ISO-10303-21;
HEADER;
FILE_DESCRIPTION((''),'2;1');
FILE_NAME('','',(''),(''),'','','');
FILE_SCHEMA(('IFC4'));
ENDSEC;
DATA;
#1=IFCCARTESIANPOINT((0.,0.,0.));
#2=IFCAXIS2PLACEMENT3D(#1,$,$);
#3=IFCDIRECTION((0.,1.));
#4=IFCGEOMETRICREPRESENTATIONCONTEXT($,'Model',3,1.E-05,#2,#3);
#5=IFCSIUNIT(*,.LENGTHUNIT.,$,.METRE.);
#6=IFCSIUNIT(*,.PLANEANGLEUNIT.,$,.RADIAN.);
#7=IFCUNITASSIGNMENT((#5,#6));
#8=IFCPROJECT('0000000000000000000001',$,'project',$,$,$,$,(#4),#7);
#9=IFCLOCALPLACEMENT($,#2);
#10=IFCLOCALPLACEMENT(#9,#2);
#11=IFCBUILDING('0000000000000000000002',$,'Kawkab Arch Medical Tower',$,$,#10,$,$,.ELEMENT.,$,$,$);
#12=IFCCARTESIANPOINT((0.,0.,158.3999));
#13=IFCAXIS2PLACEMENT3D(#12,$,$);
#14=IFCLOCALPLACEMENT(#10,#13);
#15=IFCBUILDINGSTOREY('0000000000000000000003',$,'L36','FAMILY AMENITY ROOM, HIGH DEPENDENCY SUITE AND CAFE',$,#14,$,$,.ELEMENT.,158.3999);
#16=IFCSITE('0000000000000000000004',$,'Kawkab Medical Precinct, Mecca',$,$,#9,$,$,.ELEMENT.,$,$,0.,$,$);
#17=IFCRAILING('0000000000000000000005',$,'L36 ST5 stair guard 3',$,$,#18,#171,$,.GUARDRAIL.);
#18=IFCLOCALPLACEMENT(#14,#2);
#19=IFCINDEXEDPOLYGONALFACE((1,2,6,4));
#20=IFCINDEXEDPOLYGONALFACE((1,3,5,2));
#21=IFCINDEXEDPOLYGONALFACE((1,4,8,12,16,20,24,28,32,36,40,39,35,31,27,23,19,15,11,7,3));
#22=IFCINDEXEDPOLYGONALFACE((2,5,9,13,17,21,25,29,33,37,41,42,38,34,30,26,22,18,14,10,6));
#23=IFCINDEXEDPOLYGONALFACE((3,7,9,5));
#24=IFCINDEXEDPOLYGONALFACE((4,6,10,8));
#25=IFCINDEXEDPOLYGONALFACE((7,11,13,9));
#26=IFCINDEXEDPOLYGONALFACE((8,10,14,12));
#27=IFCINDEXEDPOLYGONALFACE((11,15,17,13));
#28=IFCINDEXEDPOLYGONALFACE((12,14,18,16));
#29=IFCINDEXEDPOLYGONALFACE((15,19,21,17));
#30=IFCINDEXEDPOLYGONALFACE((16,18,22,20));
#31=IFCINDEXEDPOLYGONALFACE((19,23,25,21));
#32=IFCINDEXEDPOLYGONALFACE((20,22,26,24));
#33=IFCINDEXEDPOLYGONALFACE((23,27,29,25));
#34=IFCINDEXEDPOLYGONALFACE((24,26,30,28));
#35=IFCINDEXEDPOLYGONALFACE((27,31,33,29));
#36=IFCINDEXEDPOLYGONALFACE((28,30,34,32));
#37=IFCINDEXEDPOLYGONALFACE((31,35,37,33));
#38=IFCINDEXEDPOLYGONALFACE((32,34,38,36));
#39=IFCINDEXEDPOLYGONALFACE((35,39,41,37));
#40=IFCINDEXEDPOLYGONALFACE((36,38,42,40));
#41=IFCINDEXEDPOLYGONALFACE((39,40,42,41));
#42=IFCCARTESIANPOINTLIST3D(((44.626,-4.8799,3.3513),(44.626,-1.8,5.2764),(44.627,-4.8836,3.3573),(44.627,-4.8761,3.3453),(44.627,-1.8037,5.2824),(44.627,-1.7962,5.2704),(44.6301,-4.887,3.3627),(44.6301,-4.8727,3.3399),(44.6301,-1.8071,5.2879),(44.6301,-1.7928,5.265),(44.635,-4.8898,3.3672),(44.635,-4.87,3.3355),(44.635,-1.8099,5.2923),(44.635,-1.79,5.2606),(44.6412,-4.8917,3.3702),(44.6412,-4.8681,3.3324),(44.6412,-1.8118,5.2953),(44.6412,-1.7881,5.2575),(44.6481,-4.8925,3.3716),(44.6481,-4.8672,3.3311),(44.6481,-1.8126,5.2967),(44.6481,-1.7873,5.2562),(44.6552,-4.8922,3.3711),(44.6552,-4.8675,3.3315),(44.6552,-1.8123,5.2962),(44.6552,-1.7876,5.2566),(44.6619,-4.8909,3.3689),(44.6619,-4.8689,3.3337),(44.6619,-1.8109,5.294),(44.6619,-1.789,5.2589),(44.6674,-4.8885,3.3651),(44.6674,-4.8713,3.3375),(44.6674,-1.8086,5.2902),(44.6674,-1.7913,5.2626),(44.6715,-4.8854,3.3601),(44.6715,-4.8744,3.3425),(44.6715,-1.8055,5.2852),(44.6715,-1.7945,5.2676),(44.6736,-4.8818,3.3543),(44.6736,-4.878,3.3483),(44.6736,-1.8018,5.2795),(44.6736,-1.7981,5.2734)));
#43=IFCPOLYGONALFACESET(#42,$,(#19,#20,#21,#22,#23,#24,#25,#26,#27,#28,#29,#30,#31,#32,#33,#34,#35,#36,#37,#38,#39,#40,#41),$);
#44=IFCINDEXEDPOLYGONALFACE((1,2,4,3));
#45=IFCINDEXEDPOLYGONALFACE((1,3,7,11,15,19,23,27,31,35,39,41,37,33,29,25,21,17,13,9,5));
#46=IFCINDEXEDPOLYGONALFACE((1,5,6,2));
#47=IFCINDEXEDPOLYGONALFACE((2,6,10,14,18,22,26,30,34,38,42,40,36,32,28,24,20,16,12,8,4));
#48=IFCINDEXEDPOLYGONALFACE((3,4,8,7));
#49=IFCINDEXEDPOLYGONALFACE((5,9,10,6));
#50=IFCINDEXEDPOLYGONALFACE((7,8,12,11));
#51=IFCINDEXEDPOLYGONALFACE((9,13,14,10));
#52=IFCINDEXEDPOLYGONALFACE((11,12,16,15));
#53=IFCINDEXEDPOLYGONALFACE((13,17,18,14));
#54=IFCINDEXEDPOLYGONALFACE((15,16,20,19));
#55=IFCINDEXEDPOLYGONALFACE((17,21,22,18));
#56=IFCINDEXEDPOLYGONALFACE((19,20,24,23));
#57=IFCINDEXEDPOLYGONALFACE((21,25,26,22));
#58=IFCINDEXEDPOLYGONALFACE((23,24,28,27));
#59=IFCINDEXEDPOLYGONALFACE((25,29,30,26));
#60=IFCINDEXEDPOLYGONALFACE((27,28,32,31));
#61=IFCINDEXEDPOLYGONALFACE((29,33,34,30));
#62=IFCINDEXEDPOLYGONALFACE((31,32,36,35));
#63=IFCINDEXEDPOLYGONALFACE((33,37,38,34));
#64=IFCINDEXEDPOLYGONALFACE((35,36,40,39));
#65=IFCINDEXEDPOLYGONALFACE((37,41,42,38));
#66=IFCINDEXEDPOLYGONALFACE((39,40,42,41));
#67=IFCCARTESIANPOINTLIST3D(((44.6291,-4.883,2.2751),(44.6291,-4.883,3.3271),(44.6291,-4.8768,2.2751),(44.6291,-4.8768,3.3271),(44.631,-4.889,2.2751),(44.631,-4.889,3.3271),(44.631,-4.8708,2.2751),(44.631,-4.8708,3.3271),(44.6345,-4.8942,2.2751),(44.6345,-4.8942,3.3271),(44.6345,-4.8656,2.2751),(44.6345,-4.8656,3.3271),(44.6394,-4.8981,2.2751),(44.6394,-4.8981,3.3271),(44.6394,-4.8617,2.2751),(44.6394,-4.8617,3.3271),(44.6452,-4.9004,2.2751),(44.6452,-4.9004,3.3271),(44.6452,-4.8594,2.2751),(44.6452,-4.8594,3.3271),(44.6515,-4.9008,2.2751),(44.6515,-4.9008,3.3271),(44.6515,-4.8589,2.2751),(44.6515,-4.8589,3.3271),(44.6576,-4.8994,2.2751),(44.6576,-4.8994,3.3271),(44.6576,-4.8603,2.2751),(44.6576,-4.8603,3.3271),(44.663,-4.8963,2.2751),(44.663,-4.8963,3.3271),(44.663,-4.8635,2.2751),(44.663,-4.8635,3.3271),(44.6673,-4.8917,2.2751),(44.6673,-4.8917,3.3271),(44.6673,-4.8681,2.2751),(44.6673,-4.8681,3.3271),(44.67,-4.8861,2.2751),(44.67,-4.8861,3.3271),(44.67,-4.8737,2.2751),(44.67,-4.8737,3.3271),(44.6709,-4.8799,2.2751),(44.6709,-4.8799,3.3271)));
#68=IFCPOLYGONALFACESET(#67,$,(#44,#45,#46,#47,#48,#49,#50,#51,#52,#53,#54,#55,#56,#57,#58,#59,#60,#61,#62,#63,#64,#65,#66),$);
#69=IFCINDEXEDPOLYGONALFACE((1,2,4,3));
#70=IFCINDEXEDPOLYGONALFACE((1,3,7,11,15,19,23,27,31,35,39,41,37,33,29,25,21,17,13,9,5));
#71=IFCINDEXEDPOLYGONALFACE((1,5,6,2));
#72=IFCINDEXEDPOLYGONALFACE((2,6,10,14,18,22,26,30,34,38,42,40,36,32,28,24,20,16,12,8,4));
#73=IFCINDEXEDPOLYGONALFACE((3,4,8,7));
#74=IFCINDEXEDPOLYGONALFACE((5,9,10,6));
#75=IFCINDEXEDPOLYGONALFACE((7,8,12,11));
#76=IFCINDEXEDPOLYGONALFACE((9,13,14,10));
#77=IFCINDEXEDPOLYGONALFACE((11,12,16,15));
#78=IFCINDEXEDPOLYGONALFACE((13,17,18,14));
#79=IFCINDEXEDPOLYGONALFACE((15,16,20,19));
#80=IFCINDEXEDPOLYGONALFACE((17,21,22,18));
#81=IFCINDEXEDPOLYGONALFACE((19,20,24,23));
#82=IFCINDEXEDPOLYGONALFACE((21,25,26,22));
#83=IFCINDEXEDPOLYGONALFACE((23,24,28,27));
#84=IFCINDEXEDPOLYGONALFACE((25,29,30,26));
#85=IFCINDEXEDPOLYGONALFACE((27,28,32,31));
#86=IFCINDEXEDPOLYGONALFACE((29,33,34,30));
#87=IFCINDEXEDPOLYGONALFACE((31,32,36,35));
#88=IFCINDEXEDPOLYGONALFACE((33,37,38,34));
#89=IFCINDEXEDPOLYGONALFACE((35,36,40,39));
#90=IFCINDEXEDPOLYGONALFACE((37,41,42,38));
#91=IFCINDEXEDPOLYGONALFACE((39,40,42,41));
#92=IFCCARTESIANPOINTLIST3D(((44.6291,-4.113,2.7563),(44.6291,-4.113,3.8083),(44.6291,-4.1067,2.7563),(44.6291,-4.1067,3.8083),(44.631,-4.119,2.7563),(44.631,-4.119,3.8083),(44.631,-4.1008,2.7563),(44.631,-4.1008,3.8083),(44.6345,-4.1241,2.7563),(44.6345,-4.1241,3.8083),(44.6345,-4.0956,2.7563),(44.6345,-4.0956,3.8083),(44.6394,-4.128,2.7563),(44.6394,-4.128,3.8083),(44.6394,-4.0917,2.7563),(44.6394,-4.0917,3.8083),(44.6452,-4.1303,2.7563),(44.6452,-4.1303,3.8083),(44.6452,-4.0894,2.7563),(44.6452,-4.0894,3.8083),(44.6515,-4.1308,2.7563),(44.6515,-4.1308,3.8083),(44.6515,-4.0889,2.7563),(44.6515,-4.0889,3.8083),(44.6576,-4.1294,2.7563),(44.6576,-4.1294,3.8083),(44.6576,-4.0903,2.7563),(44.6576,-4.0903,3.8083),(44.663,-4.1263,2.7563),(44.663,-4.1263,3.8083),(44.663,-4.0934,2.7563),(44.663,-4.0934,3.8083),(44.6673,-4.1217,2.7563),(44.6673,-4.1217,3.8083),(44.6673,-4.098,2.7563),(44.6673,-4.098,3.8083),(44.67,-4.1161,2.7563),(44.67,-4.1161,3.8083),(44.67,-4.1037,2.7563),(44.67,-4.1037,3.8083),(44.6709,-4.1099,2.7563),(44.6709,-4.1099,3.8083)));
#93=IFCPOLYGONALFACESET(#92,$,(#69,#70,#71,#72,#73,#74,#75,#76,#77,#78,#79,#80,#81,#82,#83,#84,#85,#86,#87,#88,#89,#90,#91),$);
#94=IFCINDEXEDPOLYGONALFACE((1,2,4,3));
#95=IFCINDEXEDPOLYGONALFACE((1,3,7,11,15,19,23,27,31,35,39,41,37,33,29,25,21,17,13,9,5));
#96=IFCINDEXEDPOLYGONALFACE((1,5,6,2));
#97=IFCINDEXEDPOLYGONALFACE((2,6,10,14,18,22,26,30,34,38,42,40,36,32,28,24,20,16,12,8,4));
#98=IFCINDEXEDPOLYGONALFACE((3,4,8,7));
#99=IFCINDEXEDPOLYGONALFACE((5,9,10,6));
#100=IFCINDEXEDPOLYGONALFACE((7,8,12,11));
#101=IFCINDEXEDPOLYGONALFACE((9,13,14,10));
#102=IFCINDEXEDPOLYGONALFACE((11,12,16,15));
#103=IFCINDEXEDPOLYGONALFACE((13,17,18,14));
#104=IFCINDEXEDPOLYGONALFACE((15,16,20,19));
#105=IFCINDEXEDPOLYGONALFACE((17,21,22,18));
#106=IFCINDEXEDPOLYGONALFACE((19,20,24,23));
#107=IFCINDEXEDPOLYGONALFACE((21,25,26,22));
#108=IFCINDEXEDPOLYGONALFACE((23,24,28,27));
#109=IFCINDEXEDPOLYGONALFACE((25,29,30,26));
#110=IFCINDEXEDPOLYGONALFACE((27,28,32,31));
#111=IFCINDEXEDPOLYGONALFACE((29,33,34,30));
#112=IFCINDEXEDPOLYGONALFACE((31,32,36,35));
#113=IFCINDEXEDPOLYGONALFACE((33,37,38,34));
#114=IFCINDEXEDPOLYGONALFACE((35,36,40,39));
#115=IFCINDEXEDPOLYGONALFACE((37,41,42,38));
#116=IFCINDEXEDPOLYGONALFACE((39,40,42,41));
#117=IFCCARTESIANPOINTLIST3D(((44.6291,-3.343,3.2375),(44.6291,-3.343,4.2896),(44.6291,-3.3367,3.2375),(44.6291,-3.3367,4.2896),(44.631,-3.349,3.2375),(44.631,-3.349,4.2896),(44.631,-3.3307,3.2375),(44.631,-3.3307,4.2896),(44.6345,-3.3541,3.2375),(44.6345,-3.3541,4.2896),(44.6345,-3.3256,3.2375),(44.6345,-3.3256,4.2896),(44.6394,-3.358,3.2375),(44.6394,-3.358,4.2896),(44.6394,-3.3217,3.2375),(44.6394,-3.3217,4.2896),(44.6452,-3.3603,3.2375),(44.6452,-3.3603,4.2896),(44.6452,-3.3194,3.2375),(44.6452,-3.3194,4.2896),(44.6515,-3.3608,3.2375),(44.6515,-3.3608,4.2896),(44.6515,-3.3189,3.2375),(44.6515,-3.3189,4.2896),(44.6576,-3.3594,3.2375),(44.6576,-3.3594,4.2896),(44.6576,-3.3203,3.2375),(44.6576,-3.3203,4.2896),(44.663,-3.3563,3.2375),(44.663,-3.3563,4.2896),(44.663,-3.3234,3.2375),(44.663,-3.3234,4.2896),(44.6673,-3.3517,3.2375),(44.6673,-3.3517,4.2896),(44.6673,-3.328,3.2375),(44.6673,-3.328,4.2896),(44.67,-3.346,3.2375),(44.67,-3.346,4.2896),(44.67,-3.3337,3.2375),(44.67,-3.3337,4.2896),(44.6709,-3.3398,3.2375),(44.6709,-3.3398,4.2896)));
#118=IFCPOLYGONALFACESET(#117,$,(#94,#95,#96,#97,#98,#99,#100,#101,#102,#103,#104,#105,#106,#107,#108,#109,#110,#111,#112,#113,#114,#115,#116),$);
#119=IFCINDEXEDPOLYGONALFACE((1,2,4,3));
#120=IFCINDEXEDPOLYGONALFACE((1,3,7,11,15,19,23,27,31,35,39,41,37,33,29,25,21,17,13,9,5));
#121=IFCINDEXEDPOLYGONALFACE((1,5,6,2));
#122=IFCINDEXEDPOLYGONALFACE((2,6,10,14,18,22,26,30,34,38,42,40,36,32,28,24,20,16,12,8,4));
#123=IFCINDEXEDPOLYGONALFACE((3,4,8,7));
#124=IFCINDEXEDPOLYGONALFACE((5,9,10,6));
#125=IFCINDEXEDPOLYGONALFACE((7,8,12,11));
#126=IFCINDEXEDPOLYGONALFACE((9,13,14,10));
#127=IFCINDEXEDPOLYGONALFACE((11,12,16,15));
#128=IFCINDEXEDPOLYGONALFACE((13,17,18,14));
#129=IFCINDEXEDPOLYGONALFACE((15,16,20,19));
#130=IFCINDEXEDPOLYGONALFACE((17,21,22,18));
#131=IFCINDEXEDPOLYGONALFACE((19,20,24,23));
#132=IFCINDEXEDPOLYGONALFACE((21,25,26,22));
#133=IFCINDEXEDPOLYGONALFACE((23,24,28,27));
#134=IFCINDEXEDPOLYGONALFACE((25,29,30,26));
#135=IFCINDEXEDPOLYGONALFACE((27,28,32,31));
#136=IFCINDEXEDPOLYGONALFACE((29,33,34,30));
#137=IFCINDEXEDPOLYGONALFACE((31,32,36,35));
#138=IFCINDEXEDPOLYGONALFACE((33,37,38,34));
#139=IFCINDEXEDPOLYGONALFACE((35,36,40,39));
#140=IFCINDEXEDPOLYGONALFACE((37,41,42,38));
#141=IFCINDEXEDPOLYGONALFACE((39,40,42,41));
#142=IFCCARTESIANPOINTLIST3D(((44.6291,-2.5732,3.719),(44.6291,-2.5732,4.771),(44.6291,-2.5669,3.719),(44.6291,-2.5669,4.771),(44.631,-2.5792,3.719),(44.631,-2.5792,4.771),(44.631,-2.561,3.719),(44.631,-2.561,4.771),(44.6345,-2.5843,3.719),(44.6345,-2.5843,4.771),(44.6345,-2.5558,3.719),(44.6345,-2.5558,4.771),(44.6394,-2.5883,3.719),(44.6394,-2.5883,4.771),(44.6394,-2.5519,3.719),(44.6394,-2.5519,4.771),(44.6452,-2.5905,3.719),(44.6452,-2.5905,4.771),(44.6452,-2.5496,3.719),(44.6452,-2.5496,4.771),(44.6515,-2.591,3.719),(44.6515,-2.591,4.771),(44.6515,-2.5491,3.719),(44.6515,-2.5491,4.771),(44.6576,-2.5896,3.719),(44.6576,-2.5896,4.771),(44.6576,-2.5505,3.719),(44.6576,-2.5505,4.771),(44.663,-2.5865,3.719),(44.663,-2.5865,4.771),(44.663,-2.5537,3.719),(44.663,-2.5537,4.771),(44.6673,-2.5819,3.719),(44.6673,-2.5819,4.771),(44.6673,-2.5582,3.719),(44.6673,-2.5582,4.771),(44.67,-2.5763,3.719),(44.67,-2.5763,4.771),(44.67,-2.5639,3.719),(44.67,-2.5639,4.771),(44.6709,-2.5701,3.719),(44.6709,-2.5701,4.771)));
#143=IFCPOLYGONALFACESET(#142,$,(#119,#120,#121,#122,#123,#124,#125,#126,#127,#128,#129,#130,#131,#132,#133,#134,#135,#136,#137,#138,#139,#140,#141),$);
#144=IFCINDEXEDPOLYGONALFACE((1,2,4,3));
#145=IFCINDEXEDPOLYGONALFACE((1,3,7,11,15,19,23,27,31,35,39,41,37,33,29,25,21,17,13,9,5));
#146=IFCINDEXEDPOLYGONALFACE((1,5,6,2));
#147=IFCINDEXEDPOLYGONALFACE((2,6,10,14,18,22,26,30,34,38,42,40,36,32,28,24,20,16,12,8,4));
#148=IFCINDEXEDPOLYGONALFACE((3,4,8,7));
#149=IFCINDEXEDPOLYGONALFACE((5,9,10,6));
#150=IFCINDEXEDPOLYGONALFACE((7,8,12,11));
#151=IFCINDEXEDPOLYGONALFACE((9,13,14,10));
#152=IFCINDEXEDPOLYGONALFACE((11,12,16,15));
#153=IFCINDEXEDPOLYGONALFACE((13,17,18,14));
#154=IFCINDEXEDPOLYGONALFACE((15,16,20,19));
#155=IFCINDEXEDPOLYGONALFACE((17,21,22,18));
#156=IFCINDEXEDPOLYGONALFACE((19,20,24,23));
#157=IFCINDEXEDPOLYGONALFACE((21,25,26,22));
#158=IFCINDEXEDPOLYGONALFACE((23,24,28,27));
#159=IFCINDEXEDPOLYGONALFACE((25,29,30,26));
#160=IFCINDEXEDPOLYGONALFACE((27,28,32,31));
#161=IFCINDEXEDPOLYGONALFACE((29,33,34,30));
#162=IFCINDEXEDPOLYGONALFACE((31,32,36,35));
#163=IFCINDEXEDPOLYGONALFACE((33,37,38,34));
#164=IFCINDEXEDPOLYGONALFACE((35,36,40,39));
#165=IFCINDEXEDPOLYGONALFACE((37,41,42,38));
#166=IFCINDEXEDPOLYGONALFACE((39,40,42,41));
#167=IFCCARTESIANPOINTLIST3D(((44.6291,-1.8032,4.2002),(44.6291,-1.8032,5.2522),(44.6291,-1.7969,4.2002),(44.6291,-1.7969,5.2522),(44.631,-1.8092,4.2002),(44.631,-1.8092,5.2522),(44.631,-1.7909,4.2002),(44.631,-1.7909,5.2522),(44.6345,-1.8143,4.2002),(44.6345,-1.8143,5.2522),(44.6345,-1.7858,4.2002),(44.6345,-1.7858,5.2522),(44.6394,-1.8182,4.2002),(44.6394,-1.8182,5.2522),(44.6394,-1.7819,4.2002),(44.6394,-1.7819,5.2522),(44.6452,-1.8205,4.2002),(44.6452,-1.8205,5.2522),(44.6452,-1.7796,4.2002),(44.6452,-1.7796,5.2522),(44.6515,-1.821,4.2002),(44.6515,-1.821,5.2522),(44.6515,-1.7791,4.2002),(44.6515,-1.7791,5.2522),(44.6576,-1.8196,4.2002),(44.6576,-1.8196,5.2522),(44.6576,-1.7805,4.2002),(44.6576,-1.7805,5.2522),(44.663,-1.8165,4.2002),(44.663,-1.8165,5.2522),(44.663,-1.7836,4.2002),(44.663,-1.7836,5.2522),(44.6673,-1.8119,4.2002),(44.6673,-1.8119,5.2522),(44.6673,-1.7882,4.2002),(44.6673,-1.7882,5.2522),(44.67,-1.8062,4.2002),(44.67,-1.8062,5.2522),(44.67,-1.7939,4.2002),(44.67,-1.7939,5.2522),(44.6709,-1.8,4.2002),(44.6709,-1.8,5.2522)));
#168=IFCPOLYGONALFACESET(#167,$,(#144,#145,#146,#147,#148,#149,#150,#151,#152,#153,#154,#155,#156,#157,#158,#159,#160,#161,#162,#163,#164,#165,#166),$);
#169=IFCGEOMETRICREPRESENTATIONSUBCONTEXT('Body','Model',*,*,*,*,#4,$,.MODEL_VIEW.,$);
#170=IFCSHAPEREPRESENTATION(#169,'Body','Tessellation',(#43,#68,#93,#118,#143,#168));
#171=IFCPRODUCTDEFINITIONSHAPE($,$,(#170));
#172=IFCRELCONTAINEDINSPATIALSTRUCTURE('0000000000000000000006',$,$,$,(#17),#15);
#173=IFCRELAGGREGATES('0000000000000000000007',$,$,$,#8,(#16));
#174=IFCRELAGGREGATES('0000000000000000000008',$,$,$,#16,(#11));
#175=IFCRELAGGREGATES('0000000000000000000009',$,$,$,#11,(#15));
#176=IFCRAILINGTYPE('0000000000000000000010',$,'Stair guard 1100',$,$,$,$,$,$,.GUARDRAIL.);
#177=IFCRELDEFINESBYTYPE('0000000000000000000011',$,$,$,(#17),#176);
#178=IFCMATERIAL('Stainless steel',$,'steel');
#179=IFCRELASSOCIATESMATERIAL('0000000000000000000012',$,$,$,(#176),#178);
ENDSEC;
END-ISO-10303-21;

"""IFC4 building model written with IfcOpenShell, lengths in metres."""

from ifc_helpers import new_model, si_unit, direction, frame, origin, origin_2d, place, context, subcontext, project, spatial, circle, extrude, material, type_object, element, save


model = new_model("IFC4")

# Units and contexts
model_context = context("Model", 3, precision=1e-05, world=origin(), true_north=direction((0.0, 1.0)))
body_context = subcontext(model_context, "Body", "Model", "MODEL_VIEW")
ifc_project = project(units=[si_unit("LENGTHUNIT", "METRE"), si_unit("PLANEANGLEUNIT", "RADIAN")], contexts=[model_context])

# Site, building, storey
site_placement = place(None, origin())
site = spatial("IfcSite", under=ifc_project, at=site_placement, Name="Kawkab Medical Precinct, Mecca", CompositionType="ELEMENT", RefElevation=0.0)
building_placement = place(site_placement, origin())
building = spatial("IfcBuilding", under=site, at=building_placement, Name="Kawkab Arch Medical Tower", CompositionType="ELEMENT")
storey_placement = place(building_placement, frame((0.0, 0.0, 158.3999)))
storey = spatial("IfcBuildingStorey", under=building, at=storey_placement, Name="L36", Description="FAMILY AMENITY ROOM, HIGH DEPENDENCY SUITE AND CAFE", CompositionType="ELEMENT", Elevation=158.3999)

# Railing
ifc_material_1 = material(Name="Stainless steel", Category="steel")
railing_type_1 = type_object("IfcRailingType", Name="Stair guard 1100", PredefinedType="GUARDRAIL", material=ifc_material_1)
railing_1_placement = place(storey_placement, frame((44.6499, -4.8799, 2.2751)))
element("IfcRailing", 1, at=railing_1_placement, inside=storey, type_object=railing_type_1, Name="L36 ST5 stair guard 3", PredefinedType="GUARDRAIL", context=body_context, shape_type="SweptSolid", body=[
    extrude(circle(Radius=0.0239, at=origin_2d()), frame((0.0, 0.0, 1.0762), z_axis=(0.0, 0.847979, 0.530029), x_axis=(-1.0, 0.0, 0.0)), (0.0, 0.0, 1.0), 3.6321),
    extrude(circle(Radius=0.021, at=origin_2d()), origin(), (0.0, 0.0, 1.0), 1.052),
    extrude(circle(Radius=0.021, at=origin_2d()), frame((0.0, 0.77, 0.4812)), (0.0, 0.0, 1.0), 1.052),
    extrude(circle(Radius=0.021, at=origin_2d()), frame((0.0, 1.54, 0.9624)), (0.0, 0.0, 1.0), 1.052),
    extrude(circle(Radius=0.021, at=origin_2d()), frame((0.0, 2.3098, 1.4438)), (0.0, 0.0, 1.0), 1.052),
    extrude(circle(Radius=0.021, at=origin_2d()), frame((0.0, 3.0798, 1.925)), (0.0, 0.0, 1.0), 1.052),
])

save(model, "model.ifc")
